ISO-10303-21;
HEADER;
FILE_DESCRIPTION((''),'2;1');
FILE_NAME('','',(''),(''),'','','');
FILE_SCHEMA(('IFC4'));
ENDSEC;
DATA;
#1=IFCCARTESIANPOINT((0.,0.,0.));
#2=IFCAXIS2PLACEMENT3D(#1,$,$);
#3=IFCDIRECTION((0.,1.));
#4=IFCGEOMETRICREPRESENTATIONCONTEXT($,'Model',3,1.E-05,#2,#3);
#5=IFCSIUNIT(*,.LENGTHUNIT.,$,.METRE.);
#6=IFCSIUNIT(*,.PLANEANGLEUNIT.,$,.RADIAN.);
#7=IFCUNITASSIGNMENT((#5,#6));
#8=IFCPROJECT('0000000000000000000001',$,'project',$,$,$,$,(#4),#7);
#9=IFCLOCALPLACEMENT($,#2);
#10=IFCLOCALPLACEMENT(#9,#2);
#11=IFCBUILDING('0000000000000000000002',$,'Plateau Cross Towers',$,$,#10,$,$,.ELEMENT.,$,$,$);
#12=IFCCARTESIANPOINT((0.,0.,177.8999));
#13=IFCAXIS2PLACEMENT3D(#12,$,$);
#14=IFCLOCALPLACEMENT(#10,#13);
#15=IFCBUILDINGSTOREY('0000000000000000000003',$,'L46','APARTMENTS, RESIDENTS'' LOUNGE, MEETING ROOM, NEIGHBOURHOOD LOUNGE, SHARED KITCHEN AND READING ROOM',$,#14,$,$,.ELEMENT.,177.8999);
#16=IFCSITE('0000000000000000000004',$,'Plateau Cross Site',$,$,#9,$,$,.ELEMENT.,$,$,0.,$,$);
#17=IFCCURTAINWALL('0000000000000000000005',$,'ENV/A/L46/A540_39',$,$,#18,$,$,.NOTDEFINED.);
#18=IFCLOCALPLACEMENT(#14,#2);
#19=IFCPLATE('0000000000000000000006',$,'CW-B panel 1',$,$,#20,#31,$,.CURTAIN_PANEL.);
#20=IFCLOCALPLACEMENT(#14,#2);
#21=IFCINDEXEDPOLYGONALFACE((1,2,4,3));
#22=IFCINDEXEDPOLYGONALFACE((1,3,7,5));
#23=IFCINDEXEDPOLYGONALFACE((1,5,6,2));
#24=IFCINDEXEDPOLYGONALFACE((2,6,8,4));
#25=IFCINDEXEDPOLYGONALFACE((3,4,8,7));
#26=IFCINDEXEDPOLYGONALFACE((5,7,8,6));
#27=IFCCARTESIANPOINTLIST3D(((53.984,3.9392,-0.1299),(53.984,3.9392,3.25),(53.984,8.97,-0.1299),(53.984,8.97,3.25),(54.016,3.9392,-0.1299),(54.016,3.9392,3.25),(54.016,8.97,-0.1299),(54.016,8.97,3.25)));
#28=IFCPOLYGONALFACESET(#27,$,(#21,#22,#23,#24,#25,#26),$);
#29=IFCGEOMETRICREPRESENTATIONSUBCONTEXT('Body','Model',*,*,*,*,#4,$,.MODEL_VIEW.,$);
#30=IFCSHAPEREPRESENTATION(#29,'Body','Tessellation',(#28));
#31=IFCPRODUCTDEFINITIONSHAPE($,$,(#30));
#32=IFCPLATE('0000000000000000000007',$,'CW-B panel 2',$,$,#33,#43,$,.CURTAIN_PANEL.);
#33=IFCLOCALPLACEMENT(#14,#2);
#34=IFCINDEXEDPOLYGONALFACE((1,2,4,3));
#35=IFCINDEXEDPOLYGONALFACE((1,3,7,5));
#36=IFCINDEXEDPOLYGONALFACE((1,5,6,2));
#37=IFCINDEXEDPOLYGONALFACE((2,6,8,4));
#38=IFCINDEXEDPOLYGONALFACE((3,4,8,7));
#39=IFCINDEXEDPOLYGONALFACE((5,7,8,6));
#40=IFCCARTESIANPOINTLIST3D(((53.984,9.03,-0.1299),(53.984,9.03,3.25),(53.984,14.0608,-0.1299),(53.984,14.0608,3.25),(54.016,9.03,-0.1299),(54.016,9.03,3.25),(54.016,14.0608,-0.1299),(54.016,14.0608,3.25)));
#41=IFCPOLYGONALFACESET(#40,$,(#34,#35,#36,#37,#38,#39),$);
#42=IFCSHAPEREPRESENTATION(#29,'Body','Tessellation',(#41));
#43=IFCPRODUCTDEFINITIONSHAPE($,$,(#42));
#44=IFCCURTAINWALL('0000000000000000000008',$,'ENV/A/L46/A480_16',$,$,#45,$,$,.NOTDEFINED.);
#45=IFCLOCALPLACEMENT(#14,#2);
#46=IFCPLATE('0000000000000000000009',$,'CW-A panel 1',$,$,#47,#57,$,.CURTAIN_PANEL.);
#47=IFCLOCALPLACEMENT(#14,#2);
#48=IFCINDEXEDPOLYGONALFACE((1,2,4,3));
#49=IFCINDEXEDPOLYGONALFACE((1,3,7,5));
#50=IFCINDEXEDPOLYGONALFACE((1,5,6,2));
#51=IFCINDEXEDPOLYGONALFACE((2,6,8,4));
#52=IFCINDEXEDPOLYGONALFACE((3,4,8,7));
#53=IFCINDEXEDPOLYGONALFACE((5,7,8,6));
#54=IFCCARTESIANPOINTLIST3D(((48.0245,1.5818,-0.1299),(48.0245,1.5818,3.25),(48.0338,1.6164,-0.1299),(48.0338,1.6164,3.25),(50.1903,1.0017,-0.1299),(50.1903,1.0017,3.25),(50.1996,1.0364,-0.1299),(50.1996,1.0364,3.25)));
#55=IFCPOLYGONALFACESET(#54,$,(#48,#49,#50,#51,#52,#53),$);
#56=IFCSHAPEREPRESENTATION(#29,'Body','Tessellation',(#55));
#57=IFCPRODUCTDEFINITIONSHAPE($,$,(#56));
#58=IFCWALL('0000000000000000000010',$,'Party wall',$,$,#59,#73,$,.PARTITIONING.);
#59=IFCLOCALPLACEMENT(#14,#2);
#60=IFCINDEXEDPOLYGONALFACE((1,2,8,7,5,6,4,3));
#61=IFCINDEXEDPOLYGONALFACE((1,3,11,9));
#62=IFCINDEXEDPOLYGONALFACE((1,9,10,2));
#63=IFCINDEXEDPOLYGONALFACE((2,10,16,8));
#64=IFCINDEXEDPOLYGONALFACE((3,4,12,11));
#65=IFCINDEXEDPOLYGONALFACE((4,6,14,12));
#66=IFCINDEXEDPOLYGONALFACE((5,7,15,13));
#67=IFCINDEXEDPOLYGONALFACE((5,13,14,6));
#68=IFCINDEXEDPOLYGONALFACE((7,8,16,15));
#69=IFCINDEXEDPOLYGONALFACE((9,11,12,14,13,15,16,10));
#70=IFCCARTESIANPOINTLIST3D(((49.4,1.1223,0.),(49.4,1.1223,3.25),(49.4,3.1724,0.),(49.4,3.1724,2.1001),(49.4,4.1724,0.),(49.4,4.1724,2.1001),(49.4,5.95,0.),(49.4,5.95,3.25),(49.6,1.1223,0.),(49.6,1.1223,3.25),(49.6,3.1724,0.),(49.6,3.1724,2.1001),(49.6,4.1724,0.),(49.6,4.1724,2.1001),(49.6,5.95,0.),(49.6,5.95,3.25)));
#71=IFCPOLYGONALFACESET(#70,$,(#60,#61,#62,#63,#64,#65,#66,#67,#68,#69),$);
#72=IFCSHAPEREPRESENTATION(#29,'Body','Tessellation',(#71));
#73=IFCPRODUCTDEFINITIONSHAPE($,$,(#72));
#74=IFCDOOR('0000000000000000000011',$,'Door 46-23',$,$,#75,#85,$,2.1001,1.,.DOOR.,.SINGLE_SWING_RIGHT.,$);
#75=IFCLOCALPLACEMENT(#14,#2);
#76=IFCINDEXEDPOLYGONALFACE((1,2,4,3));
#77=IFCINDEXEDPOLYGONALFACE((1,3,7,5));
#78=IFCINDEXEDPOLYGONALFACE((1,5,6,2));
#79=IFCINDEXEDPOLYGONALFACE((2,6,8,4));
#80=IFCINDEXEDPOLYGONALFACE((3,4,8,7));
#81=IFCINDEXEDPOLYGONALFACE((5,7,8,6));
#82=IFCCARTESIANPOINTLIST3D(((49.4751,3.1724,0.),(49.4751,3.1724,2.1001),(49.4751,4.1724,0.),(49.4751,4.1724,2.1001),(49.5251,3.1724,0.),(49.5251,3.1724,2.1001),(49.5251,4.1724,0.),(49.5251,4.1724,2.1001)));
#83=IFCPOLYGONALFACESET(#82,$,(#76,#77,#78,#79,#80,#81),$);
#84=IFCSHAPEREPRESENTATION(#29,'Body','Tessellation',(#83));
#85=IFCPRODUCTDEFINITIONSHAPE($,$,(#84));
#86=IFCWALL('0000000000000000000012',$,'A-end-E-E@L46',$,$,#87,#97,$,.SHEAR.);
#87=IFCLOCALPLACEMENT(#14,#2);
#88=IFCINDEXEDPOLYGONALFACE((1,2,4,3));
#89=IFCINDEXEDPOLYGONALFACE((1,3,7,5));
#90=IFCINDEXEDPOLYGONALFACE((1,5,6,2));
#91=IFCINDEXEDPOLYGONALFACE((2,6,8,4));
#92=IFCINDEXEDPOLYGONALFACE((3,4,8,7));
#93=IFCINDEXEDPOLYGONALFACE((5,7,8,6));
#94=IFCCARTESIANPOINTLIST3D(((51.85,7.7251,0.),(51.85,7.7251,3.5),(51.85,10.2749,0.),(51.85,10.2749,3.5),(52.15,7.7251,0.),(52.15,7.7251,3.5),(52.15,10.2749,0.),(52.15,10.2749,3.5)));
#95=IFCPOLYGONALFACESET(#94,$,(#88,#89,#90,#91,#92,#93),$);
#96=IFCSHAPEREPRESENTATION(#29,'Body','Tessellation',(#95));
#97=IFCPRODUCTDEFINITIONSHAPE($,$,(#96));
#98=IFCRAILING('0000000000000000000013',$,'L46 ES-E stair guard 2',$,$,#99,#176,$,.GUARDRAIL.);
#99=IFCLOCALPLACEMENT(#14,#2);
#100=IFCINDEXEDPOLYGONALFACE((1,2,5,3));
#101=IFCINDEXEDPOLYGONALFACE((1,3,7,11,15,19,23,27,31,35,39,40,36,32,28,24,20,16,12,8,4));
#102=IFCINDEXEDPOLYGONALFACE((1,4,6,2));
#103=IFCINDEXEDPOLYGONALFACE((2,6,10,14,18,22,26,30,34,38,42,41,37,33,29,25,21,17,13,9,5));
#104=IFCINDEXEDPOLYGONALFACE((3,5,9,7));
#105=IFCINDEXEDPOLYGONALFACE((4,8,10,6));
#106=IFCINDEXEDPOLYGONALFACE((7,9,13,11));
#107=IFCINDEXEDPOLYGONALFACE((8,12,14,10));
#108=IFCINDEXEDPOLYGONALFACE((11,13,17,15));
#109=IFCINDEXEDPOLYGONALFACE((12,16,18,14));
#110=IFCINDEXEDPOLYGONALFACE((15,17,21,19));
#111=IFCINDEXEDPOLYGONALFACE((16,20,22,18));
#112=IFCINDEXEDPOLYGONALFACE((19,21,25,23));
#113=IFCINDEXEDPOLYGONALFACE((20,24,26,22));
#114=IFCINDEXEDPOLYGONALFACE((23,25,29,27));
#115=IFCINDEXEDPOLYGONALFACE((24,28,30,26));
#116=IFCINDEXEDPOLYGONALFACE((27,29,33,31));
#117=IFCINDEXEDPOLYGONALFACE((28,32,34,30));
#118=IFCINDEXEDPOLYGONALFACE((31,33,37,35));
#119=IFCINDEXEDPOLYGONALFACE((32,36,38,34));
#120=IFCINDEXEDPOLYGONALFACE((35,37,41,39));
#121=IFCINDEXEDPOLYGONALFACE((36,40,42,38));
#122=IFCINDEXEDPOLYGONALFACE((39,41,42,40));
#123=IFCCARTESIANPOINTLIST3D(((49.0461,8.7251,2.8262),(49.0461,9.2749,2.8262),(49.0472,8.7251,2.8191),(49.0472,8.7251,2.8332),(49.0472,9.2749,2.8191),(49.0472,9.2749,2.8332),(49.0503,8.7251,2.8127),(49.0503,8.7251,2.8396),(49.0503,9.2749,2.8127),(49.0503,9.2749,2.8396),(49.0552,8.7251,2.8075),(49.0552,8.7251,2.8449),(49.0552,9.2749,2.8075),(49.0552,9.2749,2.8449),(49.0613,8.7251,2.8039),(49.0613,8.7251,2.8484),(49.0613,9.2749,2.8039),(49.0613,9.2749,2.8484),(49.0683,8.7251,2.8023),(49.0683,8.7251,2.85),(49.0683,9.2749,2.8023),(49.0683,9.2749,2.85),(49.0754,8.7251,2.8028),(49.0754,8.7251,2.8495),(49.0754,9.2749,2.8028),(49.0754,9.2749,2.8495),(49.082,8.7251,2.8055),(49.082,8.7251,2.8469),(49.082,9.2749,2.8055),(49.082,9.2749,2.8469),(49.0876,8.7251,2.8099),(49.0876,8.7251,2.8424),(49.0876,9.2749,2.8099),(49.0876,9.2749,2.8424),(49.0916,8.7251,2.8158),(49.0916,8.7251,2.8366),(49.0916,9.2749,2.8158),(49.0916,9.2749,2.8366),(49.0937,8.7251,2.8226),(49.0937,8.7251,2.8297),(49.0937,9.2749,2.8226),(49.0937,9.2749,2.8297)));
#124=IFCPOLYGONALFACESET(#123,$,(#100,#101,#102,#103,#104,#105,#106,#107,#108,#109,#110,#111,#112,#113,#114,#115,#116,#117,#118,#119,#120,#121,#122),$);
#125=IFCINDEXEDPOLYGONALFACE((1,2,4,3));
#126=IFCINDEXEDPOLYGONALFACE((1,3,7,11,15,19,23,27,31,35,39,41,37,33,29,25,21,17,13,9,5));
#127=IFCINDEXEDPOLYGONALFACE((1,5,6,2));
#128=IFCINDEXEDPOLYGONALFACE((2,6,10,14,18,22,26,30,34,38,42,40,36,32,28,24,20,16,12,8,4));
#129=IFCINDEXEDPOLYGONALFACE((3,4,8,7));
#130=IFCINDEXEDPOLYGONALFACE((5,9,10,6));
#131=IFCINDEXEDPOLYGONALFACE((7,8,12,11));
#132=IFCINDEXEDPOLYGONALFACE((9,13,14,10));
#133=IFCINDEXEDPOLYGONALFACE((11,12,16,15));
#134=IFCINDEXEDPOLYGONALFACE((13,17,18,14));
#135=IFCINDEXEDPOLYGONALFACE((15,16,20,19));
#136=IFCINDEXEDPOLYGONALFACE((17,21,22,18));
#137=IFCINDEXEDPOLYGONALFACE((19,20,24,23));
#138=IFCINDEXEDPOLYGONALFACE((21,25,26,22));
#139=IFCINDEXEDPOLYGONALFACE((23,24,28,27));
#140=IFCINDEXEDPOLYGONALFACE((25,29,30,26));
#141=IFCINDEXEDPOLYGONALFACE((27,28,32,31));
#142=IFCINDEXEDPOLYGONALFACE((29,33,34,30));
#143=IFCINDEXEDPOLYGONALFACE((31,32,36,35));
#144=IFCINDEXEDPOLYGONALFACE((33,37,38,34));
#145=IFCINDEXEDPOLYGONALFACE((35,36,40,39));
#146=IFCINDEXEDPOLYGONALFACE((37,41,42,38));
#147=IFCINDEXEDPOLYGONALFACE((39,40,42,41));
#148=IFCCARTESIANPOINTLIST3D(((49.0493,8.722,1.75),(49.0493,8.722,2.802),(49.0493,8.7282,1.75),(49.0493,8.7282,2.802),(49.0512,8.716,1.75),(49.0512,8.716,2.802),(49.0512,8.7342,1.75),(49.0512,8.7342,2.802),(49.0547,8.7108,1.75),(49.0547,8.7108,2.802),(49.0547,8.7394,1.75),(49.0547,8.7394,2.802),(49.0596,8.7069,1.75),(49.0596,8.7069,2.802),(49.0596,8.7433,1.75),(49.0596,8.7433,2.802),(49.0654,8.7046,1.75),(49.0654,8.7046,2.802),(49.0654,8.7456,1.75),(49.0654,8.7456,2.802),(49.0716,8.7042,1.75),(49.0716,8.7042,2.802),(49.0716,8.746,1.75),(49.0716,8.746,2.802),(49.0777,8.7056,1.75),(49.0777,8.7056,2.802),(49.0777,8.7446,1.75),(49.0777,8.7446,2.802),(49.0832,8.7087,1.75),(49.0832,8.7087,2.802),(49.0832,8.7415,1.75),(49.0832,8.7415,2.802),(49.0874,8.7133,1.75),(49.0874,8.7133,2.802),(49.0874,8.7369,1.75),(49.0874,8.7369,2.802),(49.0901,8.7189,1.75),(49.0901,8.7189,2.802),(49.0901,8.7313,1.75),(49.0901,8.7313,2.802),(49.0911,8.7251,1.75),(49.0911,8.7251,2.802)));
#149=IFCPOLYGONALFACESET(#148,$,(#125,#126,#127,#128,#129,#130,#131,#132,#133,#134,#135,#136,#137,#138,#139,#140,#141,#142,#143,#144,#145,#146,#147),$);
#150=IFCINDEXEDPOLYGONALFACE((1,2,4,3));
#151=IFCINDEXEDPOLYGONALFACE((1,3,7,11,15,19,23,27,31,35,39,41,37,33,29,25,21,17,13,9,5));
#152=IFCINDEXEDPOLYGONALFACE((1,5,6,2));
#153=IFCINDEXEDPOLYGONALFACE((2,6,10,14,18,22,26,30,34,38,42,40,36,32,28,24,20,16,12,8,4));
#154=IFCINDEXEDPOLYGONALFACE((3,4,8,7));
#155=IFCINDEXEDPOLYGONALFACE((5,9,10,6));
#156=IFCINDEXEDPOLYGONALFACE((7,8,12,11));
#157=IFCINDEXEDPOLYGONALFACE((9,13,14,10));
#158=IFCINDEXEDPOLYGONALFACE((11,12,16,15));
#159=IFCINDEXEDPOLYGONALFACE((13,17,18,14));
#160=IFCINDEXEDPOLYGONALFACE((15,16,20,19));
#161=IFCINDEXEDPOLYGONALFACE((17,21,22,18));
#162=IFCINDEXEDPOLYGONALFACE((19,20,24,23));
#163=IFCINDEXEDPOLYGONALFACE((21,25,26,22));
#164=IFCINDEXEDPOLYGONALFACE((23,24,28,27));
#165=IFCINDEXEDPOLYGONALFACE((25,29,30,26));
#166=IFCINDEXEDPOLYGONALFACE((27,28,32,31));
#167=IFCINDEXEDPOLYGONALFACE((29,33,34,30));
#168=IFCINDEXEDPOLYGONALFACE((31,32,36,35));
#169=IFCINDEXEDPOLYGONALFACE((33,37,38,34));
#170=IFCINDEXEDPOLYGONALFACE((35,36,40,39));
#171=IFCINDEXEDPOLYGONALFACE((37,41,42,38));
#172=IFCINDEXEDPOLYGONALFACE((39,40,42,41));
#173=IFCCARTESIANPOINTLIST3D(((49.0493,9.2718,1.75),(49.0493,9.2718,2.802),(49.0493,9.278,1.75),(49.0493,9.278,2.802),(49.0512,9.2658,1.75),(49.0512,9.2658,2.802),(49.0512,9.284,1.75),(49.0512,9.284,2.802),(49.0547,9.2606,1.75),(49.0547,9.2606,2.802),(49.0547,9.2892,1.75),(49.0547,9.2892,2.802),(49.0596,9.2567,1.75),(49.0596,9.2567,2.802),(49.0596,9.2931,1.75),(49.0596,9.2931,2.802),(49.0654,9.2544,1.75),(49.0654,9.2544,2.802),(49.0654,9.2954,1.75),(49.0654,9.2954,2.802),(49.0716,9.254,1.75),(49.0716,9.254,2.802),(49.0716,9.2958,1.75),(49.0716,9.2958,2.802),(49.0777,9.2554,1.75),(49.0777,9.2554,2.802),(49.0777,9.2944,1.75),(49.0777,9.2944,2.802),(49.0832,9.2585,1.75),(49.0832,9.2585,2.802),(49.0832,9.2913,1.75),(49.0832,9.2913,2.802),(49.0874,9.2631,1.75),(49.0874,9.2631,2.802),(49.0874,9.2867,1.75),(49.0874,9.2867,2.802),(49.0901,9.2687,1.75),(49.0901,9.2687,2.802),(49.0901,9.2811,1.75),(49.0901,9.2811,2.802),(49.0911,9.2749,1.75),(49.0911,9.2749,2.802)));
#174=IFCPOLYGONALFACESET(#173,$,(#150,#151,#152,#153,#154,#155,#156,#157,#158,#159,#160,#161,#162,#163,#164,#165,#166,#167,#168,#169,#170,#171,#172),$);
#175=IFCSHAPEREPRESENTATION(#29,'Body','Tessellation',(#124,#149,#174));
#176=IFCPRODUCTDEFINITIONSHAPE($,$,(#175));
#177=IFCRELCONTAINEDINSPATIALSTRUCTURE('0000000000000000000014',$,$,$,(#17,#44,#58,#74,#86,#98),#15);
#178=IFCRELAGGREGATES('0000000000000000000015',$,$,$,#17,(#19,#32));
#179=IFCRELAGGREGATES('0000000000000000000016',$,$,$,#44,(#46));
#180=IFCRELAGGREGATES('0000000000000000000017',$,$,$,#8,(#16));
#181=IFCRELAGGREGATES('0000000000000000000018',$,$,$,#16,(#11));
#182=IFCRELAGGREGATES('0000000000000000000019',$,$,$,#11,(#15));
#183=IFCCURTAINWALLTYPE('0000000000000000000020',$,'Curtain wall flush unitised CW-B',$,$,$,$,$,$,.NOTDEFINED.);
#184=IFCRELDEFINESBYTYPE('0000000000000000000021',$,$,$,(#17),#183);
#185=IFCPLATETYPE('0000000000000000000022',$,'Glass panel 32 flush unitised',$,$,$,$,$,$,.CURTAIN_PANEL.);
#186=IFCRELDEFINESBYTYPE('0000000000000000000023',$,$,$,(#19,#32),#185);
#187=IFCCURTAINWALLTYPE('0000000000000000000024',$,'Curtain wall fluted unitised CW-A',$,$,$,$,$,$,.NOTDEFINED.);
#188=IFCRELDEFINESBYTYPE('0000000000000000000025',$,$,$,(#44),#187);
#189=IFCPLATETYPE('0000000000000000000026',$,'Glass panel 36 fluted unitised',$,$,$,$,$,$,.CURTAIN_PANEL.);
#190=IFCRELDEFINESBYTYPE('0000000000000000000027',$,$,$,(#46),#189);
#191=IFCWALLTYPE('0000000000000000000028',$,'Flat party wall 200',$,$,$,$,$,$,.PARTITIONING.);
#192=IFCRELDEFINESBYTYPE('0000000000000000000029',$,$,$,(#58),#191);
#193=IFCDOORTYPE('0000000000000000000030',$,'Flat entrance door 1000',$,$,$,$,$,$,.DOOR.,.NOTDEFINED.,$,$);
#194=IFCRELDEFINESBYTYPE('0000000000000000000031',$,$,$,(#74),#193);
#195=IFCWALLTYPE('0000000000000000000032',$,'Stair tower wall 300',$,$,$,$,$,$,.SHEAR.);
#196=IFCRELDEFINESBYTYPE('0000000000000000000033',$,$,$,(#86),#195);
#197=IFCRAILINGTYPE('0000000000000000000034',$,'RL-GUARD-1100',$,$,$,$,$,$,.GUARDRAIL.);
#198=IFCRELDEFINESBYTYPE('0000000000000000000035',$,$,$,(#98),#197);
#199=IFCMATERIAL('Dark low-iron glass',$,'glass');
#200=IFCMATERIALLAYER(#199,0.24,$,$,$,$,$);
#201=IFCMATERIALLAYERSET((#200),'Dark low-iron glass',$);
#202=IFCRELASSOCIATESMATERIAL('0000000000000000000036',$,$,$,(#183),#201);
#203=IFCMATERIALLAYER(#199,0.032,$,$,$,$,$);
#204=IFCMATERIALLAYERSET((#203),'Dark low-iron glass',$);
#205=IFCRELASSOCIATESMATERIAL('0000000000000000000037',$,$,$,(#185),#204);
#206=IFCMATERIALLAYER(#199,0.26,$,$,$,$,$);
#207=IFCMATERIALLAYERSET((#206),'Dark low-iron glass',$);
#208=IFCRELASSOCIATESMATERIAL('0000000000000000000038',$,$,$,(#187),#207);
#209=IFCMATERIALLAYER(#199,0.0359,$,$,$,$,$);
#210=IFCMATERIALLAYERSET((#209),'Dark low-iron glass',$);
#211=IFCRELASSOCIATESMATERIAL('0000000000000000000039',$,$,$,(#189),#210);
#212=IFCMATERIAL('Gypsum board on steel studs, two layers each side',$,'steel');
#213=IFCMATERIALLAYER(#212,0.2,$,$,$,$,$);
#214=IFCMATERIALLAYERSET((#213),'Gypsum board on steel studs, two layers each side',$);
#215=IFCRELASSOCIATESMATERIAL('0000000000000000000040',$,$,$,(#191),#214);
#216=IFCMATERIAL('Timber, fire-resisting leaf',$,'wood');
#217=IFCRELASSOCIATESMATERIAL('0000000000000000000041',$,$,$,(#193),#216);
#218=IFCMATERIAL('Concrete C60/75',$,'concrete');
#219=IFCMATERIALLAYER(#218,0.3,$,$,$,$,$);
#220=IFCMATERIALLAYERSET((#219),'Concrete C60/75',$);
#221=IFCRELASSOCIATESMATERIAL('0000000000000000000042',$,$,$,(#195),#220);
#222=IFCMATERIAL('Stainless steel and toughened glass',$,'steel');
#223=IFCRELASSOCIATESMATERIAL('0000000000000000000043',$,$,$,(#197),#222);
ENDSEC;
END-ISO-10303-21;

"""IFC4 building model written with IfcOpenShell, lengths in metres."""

from ifc_helpers import new_model, si_unit, direction, frame, frame_2d, origin, origin_2d, place, context, subcontext, project, spatial, rectangle, circle, extrude, material, layer, layer_set, type_object, element, fill, aggregate, save


model = new_model("IFC4")

# Units and contexts
model_context = context("Model", 3, precision=1e-05, world=origin(), true_north=direction((0.0, 1.0)))
body_context = subcontext(model_context, "Body", "Model", "MODEL_VIEW")
ifc_project = project(units=[si_unit("LENGTHUNIT", "METRE"), si_unit("PLANEANGLEUNIT", "RADIAN")], contexts=[model_context])

# Site, building, storey
site_placement = place(None, origin())
site = spatial("IfcSite", under=ifc_project, at=site_placement, Name="Plateau Cross Site", CompositionType="ELEMENT", RefElevation=0.0)
building_placement = place(site_placement, origin())
building = spatial("IfcBuilding", under=site, at=building_placement, Name="Plateau Cross Towers", CompositionType="ELEMENT")
storey_placement = place(building_placement, frame((0.0, 0.0, 177.8999)))
storey = spatial("IfcBuildingStorey", under=building, at=storey_placement, Name="L46", Description="APARTMENTS, RESIDENTS' LOUNGE, MEETING ROOM, NEIGHBOURHOOD LOUNGE, SHARED KITCHEN AND READING ROOM", CompositionType="ELEMENT", Elevation=177.8999)

# Shared definitions
ifc_material_1 = material(Name="Concrete C60/75", Category="concrete")

# Shared definitions
ifc_material_2 = material(Name="Dark low-iron glass", Category="glass")
ifc_layer_1 = layer(ifc_material_2, 0.24)
ifc_layer_set_1 = layer_set([ifc_layer_1], Name="Dark low-iron glass")
curtain_wall_type_1 = type_object("IfcCurtainWallType", Name="Curtain wall flush unitised CW-B", PredefinedType="NOTDEFINED", material=ifc_layer_set_1)

# Curtain wall
curtain_wall_1_placement = place(storey_placement, origin())
curtain_wall_1 = element("IfcCurtainWall", 1, at=curtain_wall_1_placement, inside=storey, type_object=curtain_wall_type_1, Name="ENV/A/L46/A540_39", PredefinedType="NOTDEFINED")

# Plates
ifc_layer_2 = layer(ifc_material_2, 0.032)
ifc_layer_set_2 = layer_set([ifc_layer_2], Name="Dark low-iron glass")
plate_type_1 = type_object("IfcPlateType", Name="Glass panel 32 flush unitised", PredefinedType="CURTAIN_PANEL", material=ifc_layer_set_2)
plate_1_placement = place(storey_placement, frame((54.0, 6.4546, -0.1299), z_axis=(0.0, 0.0, 1.0), x_axis=(0.0, 1.0, 0.0)))
plate_1 = element("IfcPlate", 2, at=plate_1_placement, type_object=plate_type_1, Name="CW-B panel 1", PredefinedType="CURTAIN_PANEL", context=body_context, shape_type="SweptSolid", body=[
    extrude(rectangle(XDim=5.0308, YDim=0.032, at=origin_2d()), origin(), (0.0, 0.0, 1.0), 3.3799),
])
plate_2_placement = place(storey_placement, frame((54.0, 11.5454, -0.1299), z_axis=(0.0, 0.0, 1.0), x_axis=(0.0, 1.0, 0.0)))
plate_2 = element("IfcPlate", 3, at=plate_2_placement, type_object=plate_type_1, Name="CW-B panel 2", PredefinedType="CURTAIN_PANEL", context=body_context, shape_type="SweptSolid", body=[
    extrude(rectangle(XDim=5.0308, YDim=0.032, at=origin_2d()), origin(), (0.0, 0.0, 1.0), 3.3799),
])
aggregate(curtain_wall_1, [plate_1, plate_2])

# Curtain wall, plate
ifc_layer_3 = layer(ifc_material_2, 0.26)
ifc_layer_set_3 = layer_set([ifc_layer_3], Name="Dark low-iron glass")
curtain_wall_type_2 = type_object("IfcCurtainWallType", Name="Curtain wall fluted unitised CW-A", PredefinedType="NOTDEFINED", material=ifc_layer_set_3)
curtain_wall_2_placement = place(storey_placement, origin())
curtain_wall_2 = element("IfcCurtainWall", 4, at=curtain_wall_2_placement, inside=storey, type_object=curtain_wall_type_2, Name="ENV/A/L46/A480_16", PredefinedType="NOTDEFINED")
ifc_layer_4 = layer(ifc_material_2, 0.0359)
ifc_layer_set_4 = layer_set([ifc_layer_4], Name="Dark low-iron glass")
plate_type_2 = type_object("IfcPlateType", Name="Glass panel 36 fluted unitised", PredefinedType="CURTAIN_PANEL", material=ifc_layer_set_4)
plate_3_placement = place(storey_placement, frame((49.1121, 1.3091, -0.1299), z_axis=(0.0, 0.0, 1.0), x_axis=(0.965958, -0.258699, 0.0)))
plate_3 = element("IfcPlate", 5, at=plate_3_placement, type_object=plate_type_2, Name="CW-A panel 1", PredefinedType="CURTAIN_PANEL", context=body_context, shape_type="SweptSolid", body=[
    extrude(rectangle(XDim=2.2422, YDim=0.0359, at=origin_2d()), origin(), (0.0, 0.0, 1.0), 3.3799),
])
aggregate(curtain_wall_2, [plate_3])

# Wall, opening, door
ifc_material_3 = material(Name="Gypsum board on steel studs, two layers each side", Category="steel")
ifc_layer_5 = layer(ifc_material_3, 0.2)
ifc_layer_set_5 = layer_set([ifc_layer_5], Name="Gypsum board on steel studs, two layers each side")
wall_type_1 = type_object("IfcWallType", Name="Flat party wall 200", PredefinedType="PARTITIONING", material=ifc_layer_set_5)
wall_1_placement = place(storey_placement, frame((49.5, 1.1223, 0.0), z_axis=(0.0, 0.0, 1.0), x_axis=(0.0, 1.0, 0.0)))
wall_1 = element("IfcWall", 6, at=wall_1_placement, inside=storey, type_object=wall_type_1, Name="Party wall", PredefinedType="PARTITIONING", context=body_context, shape_type="SweptSolid", body=[
    extrude(rectangle(XDim=4.8276, YDim=0.2, at=frame_2d((2.4138, 0.0))), origin(), (0.0, 0.0, 1.0), 3.25),
])
opening_placement = place(wall_1_placement, frame((2.05, 0.0, 0.0)))
opening = element("IfcOpeningElement", 7, at=opening_placement, cuts=wall_1, PredefinedType="OPENING", context=body_context, shape_type="SweptSolid", body=[
    extrude(rectangle(XDim=1.0, YDim=2.1001, at=frame_2d((0.5, 1.05))), frame((0.0, 0.1099, 0.0), z_axis=(0.0, -1.0, 0.0), x_axis=(1.0, 0.0, 0.0)), (0.0, 0.0, 1.0), 0.22),
])
ifc_material_4 = material(Name="Timber, fire-resisting leaf", Category="wood")
door_type = type_object("IfcDoorType", Name="Flat entrance door 1000", OperationType="NOTDEFINED", PredefinedType="DOOR", material=ifc_material_4)
door_placement = place(opening_placement, origin())
door = element("IfcDoor", 8, at=door_placement, inside=storey, type_object=door_type, Name="Door 46-23", OperationType="SINGLE_SWING_RIGHT", OverallHeight=2.1001, OverallWidth=1.0, PredefinedType="DOOR", context=body_context, shape_type="SweptSolid", body=[
    extrude(rectangle(XDim=1.0, YDim=2.1001, at=frame_2d((0.5, 1.05))), frame((0.0, 0.0249, 0.0), z_axis=(0.0, -1.0, 0.0), x_axis=(1.0, 0.0, 0.0)), (0.0, 0.0, 1.0), 0.05),
])
fill(opening, door)

# Wall
ifc_layer_6 = layer(ifc_material_1, 0.3)
ifc_layer_set_6 = layer_set([ifc_layer_6], Name="Concrete C60/75")
wall_type_2 = type_object("IfcWallType", Name="Stair tower wall 300", PredefinedType="SHEAR", material=ifc_layer_set_6)
wall_2_placement = place(storey_placement, frame((52.0, 7.7251, 0.0), z_axis=(0.0, 0.0, 1.0), x_axis=(0.0, 1.0, 0.0)))
element("IfcWall", 9, at=wall_2_placement, inside=storey, type_object=wall_type_2, Name="A-end-E-E@L46", PredefinedType="SHEAR", context=body_context, shape_type="SweptSolid", body=[
    extrude(rectangle(XDim=2.5498, YDim=0.3, at=frame_2d((1.2749, 0.0))), origin(), (0.0, 0.0, 1.0), 3.5),
])

# Railing
ifc_material_5 = material(Name="Stainless steel and toughened glass", Category="steel")
railing_type_1 = type_object("IfcRailingType", Name="RL-GUARD-1100", PredefinedType="GUARDRAIL", material=ifc_material_5)
railing_1_placement = place(storey_placement, frame((49.0701, 8.7251, 1.75)))
element("IfcRailing", 10, at=railing_1_placement, inside=storey, type_object=railing_type_1, Name="L46 ES-E stair guard 2", PredefinedType="GUARDRAIL", context=body_context, shape_type="SweptSolid", body=[
    extrude(circle(Radius=0.0239, at=origin_2d()), frame((0.0, 0.0, 1.0762), z_axis=(0.0, 1.0, 0.0), x_axis=(-1.0, 0.0, 0.0)), (0.0, 0.0, 1.0), 0.5498),
    extrude(circle(Radius=0.021, at=origin_2d()), origin(), (0.0, 0.0, 1.0), 1.052),
    extrude(circle(Radius=0.021, at=origin_2d()), frame((0.0, 0.5498, 0.0)), (0.0, 0.0, 1.0), 1.052),
])

save(model, "model.ifc")
